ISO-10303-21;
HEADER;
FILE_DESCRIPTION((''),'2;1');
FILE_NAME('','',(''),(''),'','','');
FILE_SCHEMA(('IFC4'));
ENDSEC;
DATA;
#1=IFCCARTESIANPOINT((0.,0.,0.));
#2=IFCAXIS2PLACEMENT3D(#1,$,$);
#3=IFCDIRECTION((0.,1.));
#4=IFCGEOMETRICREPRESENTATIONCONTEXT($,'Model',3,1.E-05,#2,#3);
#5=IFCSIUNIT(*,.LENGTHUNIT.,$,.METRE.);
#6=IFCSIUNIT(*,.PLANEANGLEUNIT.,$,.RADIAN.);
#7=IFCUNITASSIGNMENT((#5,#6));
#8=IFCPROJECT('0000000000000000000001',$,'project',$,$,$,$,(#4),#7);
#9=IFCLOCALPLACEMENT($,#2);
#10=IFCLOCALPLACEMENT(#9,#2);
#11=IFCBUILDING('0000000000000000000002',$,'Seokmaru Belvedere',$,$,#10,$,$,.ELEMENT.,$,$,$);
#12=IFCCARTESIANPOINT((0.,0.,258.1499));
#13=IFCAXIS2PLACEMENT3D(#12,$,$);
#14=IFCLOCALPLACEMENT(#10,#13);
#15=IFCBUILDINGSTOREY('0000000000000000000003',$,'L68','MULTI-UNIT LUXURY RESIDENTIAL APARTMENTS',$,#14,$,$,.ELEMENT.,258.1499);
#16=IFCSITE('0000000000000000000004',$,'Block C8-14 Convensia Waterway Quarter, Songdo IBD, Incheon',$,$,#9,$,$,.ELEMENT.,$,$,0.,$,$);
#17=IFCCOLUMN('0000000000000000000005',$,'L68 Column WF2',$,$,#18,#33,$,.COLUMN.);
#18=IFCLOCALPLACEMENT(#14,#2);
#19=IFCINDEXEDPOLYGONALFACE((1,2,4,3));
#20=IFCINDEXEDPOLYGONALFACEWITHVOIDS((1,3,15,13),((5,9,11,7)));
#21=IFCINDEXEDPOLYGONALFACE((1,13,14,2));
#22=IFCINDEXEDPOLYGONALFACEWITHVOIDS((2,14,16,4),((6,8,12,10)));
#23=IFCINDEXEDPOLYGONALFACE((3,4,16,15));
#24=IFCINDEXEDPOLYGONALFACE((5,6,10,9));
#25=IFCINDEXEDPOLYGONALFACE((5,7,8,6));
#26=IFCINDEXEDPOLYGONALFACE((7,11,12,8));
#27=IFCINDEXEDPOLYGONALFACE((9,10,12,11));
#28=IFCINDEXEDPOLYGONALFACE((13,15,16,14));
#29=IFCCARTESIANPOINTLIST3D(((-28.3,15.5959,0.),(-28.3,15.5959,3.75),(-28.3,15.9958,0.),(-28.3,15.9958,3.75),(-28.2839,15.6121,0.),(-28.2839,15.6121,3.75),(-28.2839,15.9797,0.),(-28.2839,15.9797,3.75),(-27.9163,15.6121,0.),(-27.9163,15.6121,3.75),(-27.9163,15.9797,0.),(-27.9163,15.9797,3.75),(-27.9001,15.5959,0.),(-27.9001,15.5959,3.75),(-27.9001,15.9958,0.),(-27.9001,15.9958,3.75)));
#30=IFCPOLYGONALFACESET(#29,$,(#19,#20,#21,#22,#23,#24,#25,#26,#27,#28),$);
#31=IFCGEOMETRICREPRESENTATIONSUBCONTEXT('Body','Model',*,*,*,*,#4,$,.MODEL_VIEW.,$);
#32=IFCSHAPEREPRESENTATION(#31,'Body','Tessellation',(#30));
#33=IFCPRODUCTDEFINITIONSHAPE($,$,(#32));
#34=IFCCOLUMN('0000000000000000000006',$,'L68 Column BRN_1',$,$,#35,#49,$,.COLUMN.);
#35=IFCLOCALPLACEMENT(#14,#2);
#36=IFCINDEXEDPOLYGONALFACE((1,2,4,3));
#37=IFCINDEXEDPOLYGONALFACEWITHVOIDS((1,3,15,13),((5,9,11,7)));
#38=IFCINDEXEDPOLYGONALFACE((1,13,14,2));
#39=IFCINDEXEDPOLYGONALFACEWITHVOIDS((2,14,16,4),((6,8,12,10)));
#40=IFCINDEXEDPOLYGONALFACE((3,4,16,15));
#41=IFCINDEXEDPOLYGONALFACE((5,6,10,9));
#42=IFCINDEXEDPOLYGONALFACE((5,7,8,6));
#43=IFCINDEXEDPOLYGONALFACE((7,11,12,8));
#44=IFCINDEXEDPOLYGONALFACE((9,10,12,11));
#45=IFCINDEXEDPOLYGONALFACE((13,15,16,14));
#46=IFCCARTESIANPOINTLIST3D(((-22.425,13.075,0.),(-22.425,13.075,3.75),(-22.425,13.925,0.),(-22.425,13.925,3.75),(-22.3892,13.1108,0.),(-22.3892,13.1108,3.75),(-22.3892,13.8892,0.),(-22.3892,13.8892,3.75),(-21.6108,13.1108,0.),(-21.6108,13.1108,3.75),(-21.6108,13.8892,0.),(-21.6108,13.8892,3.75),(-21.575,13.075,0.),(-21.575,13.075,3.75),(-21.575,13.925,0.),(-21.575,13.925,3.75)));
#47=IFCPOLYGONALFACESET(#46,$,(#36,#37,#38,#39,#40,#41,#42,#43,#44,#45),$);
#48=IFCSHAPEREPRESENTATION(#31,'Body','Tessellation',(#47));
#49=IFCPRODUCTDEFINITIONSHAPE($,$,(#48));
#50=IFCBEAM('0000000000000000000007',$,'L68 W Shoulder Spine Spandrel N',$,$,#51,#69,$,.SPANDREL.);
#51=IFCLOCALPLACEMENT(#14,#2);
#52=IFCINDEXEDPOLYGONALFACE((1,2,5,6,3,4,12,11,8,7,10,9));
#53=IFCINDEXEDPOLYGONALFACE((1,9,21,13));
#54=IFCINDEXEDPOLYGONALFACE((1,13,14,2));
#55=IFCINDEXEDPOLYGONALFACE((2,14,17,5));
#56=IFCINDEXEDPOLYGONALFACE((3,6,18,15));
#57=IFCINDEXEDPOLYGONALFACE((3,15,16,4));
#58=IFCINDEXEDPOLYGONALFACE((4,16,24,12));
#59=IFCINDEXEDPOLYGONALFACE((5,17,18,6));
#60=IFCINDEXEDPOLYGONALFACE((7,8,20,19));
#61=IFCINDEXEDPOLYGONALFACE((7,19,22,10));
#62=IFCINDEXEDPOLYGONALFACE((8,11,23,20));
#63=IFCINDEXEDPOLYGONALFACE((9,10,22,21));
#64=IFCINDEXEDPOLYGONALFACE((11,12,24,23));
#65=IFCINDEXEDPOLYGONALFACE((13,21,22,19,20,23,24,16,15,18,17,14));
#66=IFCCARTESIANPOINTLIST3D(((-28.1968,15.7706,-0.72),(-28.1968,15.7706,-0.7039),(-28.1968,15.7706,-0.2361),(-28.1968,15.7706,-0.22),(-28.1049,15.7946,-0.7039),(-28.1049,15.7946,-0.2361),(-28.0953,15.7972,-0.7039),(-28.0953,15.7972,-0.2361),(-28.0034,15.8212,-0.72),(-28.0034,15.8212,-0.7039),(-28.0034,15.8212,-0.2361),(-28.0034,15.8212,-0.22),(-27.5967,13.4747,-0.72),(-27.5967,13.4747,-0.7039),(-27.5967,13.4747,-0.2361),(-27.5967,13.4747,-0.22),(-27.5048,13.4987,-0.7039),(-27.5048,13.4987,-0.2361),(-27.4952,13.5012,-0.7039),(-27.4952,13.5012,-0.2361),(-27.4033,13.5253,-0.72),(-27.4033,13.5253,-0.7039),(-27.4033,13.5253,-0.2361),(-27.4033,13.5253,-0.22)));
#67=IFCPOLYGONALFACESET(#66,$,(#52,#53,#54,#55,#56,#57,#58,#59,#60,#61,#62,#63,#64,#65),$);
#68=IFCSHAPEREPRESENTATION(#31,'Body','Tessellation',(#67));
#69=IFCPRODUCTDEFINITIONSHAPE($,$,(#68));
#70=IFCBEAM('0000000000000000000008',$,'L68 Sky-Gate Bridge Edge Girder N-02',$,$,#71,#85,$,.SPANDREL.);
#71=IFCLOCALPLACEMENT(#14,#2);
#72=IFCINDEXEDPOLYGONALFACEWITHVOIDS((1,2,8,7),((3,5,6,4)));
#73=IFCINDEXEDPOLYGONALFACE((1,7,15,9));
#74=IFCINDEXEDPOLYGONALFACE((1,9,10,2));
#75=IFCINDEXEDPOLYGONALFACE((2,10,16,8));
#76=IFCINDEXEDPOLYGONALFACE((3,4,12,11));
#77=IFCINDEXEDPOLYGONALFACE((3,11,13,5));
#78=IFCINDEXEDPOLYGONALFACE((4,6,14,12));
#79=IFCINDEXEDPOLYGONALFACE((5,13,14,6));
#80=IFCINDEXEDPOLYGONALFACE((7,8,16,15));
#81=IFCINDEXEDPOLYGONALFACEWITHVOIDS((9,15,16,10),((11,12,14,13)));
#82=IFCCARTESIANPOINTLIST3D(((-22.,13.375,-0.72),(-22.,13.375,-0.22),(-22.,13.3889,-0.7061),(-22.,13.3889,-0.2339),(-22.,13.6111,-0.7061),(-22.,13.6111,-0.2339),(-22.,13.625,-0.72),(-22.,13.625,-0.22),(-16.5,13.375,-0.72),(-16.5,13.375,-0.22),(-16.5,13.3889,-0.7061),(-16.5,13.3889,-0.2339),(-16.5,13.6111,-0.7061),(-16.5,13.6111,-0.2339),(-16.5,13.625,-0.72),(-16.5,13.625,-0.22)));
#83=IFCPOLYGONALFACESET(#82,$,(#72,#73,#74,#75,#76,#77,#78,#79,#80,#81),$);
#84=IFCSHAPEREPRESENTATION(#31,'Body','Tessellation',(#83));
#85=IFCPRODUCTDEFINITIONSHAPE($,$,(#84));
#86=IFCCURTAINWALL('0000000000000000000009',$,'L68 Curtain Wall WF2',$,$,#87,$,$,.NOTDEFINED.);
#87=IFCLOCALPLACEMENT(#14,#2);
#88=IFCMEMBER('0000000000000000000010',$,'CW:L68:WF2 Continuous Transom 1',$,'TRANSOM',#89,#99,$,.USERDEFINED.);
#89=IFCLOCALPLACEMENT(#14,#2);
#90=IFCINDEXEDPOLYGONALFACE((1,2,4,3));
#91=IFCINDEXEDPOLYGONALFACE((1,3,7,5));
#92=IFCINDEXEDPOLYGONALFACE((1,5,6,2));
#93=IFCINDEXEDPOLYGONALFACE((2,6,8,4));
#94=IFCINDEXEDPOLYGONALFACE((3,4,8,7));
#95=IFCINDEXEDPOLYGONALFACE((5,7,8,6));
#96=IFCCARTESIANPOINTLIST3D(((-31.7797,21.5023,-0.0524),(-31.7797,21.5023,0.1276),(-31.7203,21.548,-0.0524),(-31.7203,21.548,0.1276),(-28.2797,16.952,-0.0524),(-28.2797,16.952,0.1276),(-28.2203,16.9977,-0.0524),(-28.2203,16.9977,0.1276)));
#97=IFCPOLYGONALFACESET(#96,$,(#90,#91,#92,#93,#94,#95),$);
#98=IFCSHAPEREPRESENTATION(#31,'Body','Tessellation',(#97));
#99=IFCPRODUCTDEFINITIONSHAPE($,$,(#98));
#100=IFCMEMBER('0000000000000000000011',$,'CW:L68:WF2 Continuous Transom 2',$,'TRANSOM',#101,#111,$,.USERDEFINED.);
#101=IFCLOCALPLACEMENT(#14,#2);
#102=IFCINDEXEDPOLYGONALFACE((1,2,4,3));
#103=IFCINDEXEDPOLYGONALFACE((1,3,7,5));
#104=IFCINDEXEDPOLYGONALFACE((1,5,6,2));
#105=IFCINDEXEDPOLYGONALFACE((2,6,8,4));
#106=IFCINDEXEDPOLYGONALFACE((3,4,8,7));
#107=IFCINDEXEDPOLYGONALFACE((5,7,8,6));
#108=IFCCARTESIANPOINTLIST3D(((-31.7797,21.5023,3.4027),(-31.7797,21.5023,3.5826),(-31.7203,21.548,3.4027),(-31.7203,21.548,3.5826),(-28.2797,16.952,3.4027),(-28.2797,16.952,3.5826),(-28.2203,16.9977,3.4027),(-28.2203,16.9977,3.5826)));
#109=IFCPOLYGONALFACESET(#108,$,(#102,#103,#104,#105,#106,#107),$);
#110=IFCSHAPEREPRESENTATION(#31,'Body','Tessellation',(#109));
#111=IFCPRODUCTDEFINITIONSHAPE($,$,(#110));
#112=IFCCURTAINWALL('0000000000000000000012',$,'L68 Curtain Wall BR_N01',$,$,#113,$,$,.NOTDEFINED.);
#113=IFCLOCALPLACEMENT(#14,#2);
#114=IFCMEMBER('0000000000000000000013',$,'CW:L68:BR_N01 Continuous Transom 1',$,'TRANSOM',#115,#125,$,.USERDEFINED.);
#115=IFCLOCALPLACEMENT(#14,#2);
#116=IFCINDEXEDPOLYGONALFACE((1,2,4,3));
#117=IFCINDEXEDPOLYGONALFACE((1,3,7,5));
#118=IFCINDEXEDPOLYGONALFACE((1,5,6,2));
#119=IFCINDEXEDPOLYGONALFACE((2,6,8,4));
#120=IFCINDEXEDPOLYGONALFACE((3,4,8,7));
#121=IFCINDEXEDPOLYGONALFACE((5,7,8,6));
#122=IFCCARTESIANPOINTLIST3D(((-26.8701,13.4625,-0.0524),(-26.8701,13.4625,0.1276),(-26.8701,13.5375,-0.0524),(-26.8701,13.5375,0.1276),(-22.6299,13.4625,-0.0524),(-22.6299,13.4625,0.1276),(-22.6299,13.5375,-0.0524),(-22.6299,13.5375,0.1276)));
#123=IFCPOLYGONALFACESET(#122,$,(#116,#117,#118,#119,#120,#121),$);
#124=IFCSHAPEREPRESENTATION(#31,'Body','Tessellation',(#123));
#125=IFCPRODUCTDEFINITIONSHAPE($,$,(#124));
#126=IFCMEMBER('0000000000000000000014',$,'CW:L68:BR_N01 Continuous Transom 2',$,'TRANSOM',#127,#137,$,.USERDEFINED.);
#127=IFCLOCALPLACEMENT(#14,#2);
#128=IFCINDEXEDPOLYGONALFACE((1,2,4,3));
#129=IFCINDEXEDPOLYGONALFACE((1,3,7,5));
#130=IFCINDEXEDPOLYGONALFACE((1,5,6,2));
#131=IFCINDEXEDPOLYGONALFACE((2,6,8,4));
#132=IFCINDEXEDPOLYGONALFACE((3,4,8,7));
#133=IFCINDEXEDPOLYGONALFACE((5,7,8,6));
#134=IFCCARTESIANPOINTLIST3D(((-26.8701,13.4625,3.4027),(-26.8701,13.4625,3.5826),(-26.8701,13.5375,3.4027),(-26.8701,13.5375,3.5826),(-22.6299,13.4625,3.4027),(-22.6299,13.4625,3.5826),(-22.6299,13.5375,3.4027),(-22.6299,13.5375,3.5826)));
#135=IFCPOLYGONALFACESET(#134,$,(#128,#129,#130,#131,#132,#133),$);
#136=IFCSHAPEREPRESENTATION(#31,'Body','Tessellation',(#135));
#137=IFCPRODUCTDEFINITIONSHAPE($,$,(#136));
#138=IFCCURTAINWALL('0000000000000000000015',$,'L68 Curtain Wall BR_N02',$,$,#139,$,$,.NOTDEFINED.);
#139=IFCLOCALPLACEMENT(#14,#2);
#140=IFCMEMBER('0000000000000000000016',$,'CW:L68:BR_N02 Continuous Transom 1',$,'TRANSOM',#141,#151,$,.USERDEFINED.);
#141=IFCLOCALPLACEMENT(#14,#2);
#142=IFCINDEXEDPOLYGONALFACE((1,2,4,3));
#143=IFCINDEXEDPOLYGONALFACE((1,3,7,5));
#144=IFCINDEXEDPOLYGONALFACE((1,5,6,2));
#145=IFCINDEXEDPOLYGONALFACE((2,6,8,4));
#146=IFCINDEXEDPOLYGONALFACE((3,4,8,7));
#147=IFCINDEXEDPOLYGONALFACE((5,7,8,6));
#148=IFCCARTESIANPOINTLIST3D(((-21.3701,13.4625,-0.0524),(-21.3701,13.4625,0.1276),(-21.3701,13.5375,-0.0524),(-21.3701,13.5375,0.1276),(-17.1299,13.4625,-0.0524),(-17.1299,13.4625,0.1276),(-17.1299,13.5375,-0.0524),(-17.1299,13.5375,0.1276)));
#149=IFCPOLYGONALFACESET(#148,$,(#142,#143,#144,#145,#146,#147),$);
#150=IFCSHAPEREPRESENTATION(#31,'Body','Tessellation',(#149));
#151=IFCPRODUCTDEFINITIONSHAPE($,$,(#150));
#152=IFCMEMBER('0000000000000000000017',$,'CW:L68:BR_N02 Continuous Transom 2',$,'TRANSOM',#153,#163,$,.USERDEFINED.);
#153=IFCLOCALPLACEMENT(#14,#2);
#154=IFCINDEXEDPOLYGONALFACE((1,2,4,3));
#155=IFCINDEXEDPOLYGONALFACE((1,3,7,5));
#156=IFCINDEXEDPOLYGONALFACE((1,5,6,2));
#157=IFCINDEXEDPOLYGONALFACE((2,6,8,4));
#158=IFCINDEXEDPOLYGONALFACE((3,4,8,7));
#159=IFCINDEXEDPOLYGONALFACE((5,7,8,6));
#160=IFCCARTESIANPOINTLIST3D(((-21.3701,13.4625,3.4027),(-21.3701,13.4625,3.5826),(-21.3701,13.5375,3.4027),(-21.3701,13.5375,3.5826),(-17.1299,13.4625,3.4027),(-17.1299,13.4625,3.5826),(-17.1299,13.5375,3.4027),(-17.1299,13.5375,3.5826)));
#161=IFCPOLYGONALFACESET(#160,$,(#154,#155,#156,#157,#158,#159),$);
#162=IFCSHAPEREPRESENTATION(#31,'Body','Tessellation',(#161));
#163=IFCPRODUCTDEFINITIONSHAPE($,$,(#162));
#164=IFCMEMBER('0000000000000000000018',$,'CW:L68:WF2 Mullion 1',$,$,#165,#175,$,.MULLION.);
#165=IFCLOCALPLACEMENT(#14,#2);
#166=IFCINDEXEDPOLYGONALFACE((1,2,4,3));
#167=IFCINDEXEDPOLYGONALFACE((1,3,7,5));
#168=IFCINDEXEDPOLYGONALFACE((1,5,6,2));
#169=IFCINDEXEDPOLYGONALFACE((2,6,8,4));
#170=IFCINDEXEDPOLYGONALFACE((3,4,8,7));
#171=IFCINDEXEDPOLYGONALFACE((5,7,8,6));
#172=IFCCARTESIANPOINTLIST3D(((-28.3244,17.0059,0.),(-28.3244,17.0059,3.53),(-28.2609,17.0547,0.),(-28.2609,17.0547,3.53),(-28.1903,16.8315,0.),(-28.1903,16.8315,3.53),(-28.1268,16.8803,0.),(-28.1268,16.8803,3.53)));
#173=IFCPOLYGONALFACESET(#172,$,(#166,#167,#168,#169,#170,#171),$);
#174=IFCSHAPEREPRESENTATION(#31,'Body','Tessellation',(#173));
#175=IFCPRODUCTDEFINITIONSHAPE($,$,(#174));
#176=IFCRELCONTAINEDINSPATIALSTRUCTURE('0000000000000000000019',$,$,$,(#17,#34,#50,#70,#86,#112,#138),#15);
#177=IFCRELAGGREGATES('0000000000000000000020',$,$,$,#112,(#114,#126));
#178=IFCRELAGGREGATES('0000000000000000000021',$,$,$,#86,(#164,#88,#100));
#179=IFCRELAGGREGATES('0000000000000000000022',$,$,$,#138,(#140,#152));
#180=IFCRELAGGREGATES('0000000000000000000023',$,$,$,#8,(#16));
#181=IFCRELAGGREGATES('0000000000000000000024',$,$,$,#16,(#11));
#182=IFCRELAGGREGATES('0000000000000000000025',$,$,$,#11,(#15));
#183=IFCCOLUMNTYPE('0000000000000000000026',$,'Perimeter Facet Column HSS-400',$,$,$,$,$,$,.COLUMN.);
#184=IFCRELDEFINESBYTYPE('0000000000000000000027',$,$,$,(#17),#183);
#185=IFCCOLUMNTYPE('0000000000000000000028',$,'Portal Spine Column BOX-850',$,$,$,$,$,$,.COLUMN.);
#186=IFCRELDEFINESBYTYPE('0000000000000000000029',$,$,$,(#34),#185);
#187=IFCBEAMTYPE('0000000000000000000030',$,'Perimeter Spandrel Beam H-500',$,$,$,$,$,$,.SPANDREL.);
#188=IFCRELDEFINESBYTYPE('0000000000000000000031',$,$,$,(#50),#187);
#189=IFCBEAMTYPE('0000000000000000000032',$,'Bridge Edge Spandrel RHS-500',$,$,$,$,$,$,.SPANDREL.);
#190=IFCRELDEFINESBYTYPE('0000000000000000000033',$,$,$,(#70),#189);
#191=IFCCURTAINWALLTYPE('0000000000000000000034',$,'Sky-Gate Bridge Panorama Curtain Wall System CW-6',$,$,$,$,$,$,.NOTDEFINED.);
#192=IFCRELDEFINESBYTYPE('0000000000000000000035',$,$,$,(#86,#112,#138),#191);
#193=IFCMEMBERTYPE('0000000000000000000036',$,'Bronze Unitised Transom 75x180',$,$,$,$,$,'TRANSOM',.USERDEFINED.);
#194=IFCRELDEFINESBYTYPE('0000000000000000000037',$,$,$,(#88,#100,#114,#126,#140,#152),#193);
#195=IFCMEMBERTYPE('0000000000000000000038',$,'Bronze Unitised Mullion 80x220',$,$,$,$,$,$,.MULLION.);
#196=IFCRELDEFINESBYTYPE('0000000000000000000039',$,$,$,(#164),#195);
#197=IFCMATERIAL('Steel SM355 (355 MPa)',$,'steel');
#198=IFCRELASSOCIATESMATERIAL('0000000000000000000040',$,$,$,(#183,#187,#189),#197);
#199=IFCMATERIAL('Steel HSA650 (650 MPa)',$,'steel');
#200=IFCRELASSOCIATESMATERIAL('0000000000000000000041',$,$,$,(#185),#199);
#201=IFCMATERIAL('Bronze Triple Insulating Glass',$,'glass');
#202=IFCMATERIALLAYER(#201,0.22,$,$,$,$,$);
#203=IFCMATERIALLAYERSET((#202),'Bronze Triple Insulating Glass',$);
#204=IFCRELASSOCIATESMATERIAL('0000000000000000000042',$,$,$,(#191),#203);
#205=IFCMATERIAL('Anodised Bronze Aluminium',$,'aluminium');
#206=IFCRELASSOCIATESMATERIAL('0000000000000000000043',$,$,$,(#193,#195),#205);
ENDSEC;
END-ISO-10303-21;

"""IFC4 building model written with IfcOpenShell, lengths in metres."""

from ifc_helpers import new_model, si_unit, direction, frame, origin, origin_2d, place, context, subcontext, project, spatial, rectangle, hollow_rectangle, i_section, extrude, source, transform, mapped, material, layer, layer_set, material_profile, profile_set, type_object, type_shapes, element, aggregate, save


model = new_model("IFC4")

# Units and contexts
model_context = context("Model", 3, precision=1e-05, world=origin(), true_north=direction((0.0, 1.0)))
body_context = subcontext(model_context, "Body", "Model", "MODEL_VIEW")
ifc_project = project(units=[si_unit("LENGTHUNIT", "METRE"), si_unit("PLANEANGLEUNIT", "RADIAN")], contexts=[model_context])

# Site, building, storey
site_placement = place(None, origin())
site = spatial("IfcSite", under=ifc_project, at=site_placement, Name="Block C8-14 Convensia Waterway Quarter, Songdo IBD, Incheon", CompositionType="ELEMENT", RefElevation=0.0)
building_placement = place(site_placement, origin())
building = spatial("IfcBuilding", under=site, at=building_placement, Name="Seokmaru Belvedere", CompositionType="ELEMENT")
storey_placement = place(building_placement, frame((0.0, 0.0, 258.1499)))
storey = spatial("IfcBuildingStorey", under=building, at=storey_placement, Name="L68", Description="MULTI-UNIT LUXURY RESIDENTIAL APARTMENTS", CompositionType="ELEMENT", Elevation=258.1499)

# Columns
ifc_material_1 = material(Name="Steel SM355 (355 MPa)", Category="steel")
ifc_material_profile_1 = material_profile(ifc_material_1, hollow_rectangle(XDim=0.3999, YDim=0.3999, WallThickness=0.0161, at=origin_2d()), Name="HSS-400x400x16")
ifc_profile_set_1 = profile_set([ifc_material_profile_1], Name="Steel SM355 (355 MPa)")
column_type_1 = type_object("IfcColumnType", Name="Perimeter Facet Column HSS-400", PredefinedType="COLUMN", material=ifc_profile_set_1)
shared_shape_1 = source(origin(), body_context, "Body", "SweptSolid", [
    extrude(hollow_rectangle(XDim=0.3999, YDim=0.3999, WallThickness=0.0161, at=origin_2d()), origin(), (0.0, 0.0, 1.0), 3.75),
])
type_shapes(column_type_1, [shared_shape_1])
column_1_placement = place(storey_placement, frame((-28.1001, 15.7959, 0.0), z_axis=(0.0, 0.0, 1.0), x_axis=(1.0, 0.0, 0.0)))
element("IfcColumn", 1, at=column_1_placement, inside=storey, type_object=column_type_1, Name="L68 Column WF2", PredefinedType="COLUMN", context=body_context, shape_type="MappedRepresentation", body=[
    mapped(shared_shape_1, transform((0.0, 0.0, 0.0), scale=1.0)),
])
ifc_material_2 = material(Name="Steel HSA650 (650 MPa)", Category="steel")
ifc_material_profile_2 = material_profile(ifc_material_2, hollow_rectangle(XDim=0.8501, YDim=0.8501, WallThickness=0.0359, at=origin_2d()), Name="BOX-850x850x36")
ifc_profile_set_2 = profile_set([ifc_material_profile_2], Name="Steel HSA650 (650 MPa)")
column_type_2 = type_object("IfcColumnType", Name="Portal Spine Column BOX-850", PredefinedType="COLUMN", material=ifc_profile_set_2)
shared_shape_2 = source(origin(), body_context, "Body", "SweptSolid", [
    extrude(hollow_rectangle(XDim=0.8501, YDim=0.8501, WallThickness=0.0359, at=origin_2d()), origin(), (0.0, 0.0, 1.0), 3.75),
])
type_shapes(column_type_2, [shared_shape_2])
column_2_placement = place(storey_placement, frame((-22.0, 13.5, 0.0), z_axis=(0.0, 0.0, 1.0), x_axis=(1.0, 0.0, 0.0)))
element("IfcColumn", 2, at=column_2_placement, inside=storey, type_object=column_type_2, Name="L68 Column BRN_1", PredefinedType="COLUMN", context=body_context, shape_type="MappedRepresentation", body=[
    mapped(shared_shape_2, transform((0.0, 0.0, 0.0), scale=1.0)),
])

# Beams
ifc_material_profile_3 = material_profile(ifc_material_1, i_section(OverallWidth=0.2, OverallDepth=0.5, WebThickness=0.01, FlangeThickness=0.0161, at=origin_2d()), Name="H-500x200x10x16")
ifc_profile_set_3 = profile_set([ifc_material_profile_3], Name="Steel SM355 (355 MPa)")
beam_type_1 = type_object("IfcBeamType", Name="Perimeter Spandrel Beam H-500", PredefinedType="SPANDREL", material=ifc_profile_set_3)
shared_shape_3 = source(origin(), body_context, "Body", "SweptSolid", [
    extrude(i_section(OverallWidth=0.2, OverallDepth=0.5, WebThickness=0.01, FlangeThickness=0.0161, at=origin_2d()), origin(), (0.0, 0.0, 1.0), 2.373),
])
type_shapes(beam_type_1, [shared_shape_3])
beam_1_placement = place(storey_placement, frame((-28.1001, 15.7959, -0.47), z_axis=(0.252883, -0.967497, 0.0), x_axis=(0.967497, 0.252883, 0.0)))
element("IfcBeam", 3, at=beam_1_placement, inside=storey, type_object=beam_type_1, Name="L68 W Shoulder Spine Spandrel N", PredefinedType="SPANDREL", context=body_context, shape_type="MappedRepresentation", body=[
    mapped(shared_shape_3, transform((0.0, 0.0, 0.0), scale=1.0)),
])
ifc_material_profile_4 = material_profile(ifc_material_1, hollow_rectangle(XDim=0.25, YDim=0.5, WallThickness=0.0139, at=origin_2d()), Name="RHS-500x250x14")
ifc_profile_set_4 = profile_set([ifc_material_profile_4], Name="Steel SM355 (355 MPa)")
beam_type_2 = type_object("IfcBeamType", Name="Bridge Edge Spandrel RHS-500", PredefinedType="SPANDREL", material=ifc_profile_set_4)
shared_shape_4 = source(origin(), body_context, "Body", "SweptSolid", [
    extrude(hollow_rectangle(XDim=0.25, YDim=0.5, WallThickness=0.0139, at=origin_2d()), origin(), (0.0, 0.0, 1.0), 5.5),
])
type_shapes(beam_type_2, [shared_shape_4])
beam_2_placement = place(storey_placement, frame((-22.0, 13.5, -0.47), z_axis=(1.0, 0.0, 0.0), x_axis=(0.0, 1.0, 0.0)))
element("IfcBeam", 4, at=beam_2_placement, inside=storey, type_object=beam_type_2, Name="L68 Sky-Gate Bridge Edge Girder N-02", PredefinedType="SPANDREL", context=body_context, shape_type="MappedRepresentation", body=[
    mapped(shared_shape_4, transform((0.0, 0.0, 0.0), scale=1.0)),
])

# Curtain walls, members
ifc_material_3 = material(Name="Bronze Triple Insulating Glass", Category="glass")
ifc_layer_1 = layer(ifc_material_3, 0.22)
ifc_layer_set_1 = layer_set([ifc_layer_1], Name="Bronze Triple Insulating Glass")
curtain_wall_type = type_object("IfcCurtainWallType", Name="Sky-Gate Bridge Panorama Curtain Wall System CW-6", PredefinedType="NOTDEFINED", material=ifc_layer_set_1)
curtain_wall_1_placement = place(storey_placement, origin())
curtain_wall_1 = element("IfcCurtainWall", 5, at=curtain_wall_1_placement, inside=storey, type_object=curtain_wall_type, Name="L68 Curtain Wall WF2", PredefinedType="NOTDEFINED")
ifc_material_4 = material(Name="Anodised Bronze Aluminium", Category="aluminium")
ifc_material_profile_5 = material_profile(ifc_material_4, rectangle(XDim=0.075, YDim=0.1799, at=origin_2d()), Name="CW-T-75x180")
ifc_profile_set_5 = profile_set([ifc_material_profile_5], Name="Anodised Bronze Aluminium")
member_type_1 = type_object("IfcMemberType", Name="Bronze Unitised Transom 75x180", ElementType="TRANSOM", PredefinedType="USERDEFINED", material=ifc_profile_set_5)
shared_shape_5 = source(origin(), body_context, "Body", "SweptSolid", [
    extrude(rectangle(XDim=0.075, YDim=0.1799, at=origin_2d()), origin(), (0.0, 0.0, 1.0), 5.7407),
])
member_1_placement = place(storey_placement, frame((-28.25, 16.9749, 0.0376), z_axis=(-0.609686, 0.792643, 0.0), x_axis=(-0.792643, -0.609686, 0.0)))
member_1 = element("IfcMember", 6, at=member_1_placement, type_object=member_type_1, Name="CW:L68:WF2 Continuous Transom 1", ObjectType="TRANSOM", PredefinedType="USERDEFINED", context=body_context, shape_type="MappedRepresentation", body=[
    mapped(shared_shape_5, transform((0.0, 0.0, 0.0), scale=1.0)),
])
member_2_placement = place(storey_placement, frame((-28.25, 16.9749, 3.4927), z_axis=(-0.609686, 0.792643, 0.0), x_axis=(-0.792643, -0.609686, 0.0)))
member_2 = element("IfcMember", 7, at=member_2_placement, type_object=member_type_1, Name="CW:L68:WF2 Continuous Transom 2", ObjectType="TRANSOM", PredefinedType="USERDEFINED", context=body_context, shape_type="MappedRepresentation", body=[
    mapped(shared_shape_5, transform((0.0, 0.0, 0.0), scale=1.0)),
])
curtain_wall_2_placement = place(storey_placement, origin())
curtain_wall_2 = element("IfcCurtainWall", 8, at=curtain_wall_2_placement, inside=storey, type_object=curtain_wall_type, Name="L68 Curtain Wall BR_N01", PredefinedType="NOTDEFINED")
shared_shape_6 = source(origin(), body_context, "Body", "SweptSolid", [
    extrude(rectangle(XDim=0.075, YDim=0.1799, at=origin_2d()), origin(), (0.0, 0.0, 1.0), 4.2402),
])
type_shapes(member_type_1, [shared_shape_5, shared_shape_6])
member_3_placement = place(storey_placement, frame((-22.6299, 13.5, 0.0376), z_axis=(-1.0, 0.0, 0.0), x_axis=(0.0, -1.0, 0.0)))
member_3 = element("IfcMember", 9, at=member_3_placement, type_object=member_type_1, Name="CW:L68:BR_N01 Continuous Transom 1", ObjectType="TRANSOM", PredefinedType="USERDEFINED", context=body_context, shape_type="MappedRepresentation", body=[
    mapped(shared_shape_6, transform((0.0, 0.0, 0.0), scale=1.0)),
])
member_4_placement = place(storey_placement, frame((-22.6299, 13.5, 3.4927), z_axis=(-1.0, 0.0, 0.0), x_axis=(0.0, -1.0, 0.0)))
member_4 = element("IfcMember", 10, at=member_4_placement, type_object=member_type_1, Name="CW:L68:BR_N01 Continuous Transom 2", ObjectType="TRANSOM", PredefinedType="USERDEFINED", context=body_context, shape_type="MappedRepresentation", body=[
    mapped(shared_shape_6, transform((0.0, 0.0, 0.0), scale=1.0)),
])
curtain_wall_3_placement = place(storey_placement, origin())
curtain_wall_3 = element("IfcCurtainWall", 11, at=curtain_wall_3_placement, inside=storey, type_object=curtain_wall_type, Name="L68 Curtain Wall BR_N02", PredefinedType="NOTDEFINED")
member_5_placement = place(storey_placement, frame((-17.1299, 13.5, 0.0376), z_axis=(-1.0, 0.0, 0.0), x_axis=(0.0, -1.0, 0.0)))
member_5 = element("IfcMember", 12, at=member_5_placement, type_object=member_type_1, Name="CW:L68:BR_N02 Continuous Transom 1", ObjectType="TRANSOM", PredefinedType="USERDEFINED", context=body_context, shape_type="MappedRepresentation", body=[
    mapped(shared_shape_6, transform((0.0, 0.0, 0.0), scale=1.0)),
])
member_6_placement = place(storey_placement, frame((-17.1299, 13.5, 3.4927), z_axis=(-1.0, 0.0, 0.0), x_axis=(0.0, -1.0, 0.0)))
member_6 = element("IfcMember", 13, at=member_6_placement, type_object=member_type_1, Name="CW:L68:BR_N02 Continuous Transom 2", ObjectType="TRANSOM", PredefinedType="USERDEFINED", context=body_context, shape_type="MappedRepresentation", body=[
    mapped(shared_shape_6, transform((0.0, 0.0, 0.0), scale=1.0)),
])

# Member
ifc_material_profile_6 = material_profile(ifc_material_4, rectangle(XDim=0.0801, YDim=0.22, at=origin_2d()), Name="CW-M-80x220")
ifc_profile_set_6 = profile_set([ifc_material_profile_6], Name="Anodised Bronze Aluminium")
member_type_2 = type_object("IfcMemberType", Name="Bronze Unitised Mullion 80x220", PredefinedType="MULLION", material=ifc_profile_set_6)
shared_shape_7 = source(origin(), body_context, "Body", "SweptSolid", [
    extrude(rectangle(XDim=0.0801, YDim=0.22, at=origin_2d()), origin(), (0.0, 0.0, 1.0), 3.53),
])
type_shapes(member_type_2, [shared_shape_7])
member_7_placement = place(storey_placement, frame((-28.2256, 16.9431, 0.0), z_axis=(0.0, 0.0, 1.0), x_axis=(-0.792631, -0.609701, 0.0)))
member_7 = element("IfcMember", 14, at=member_7_placement, type_object=member_type_2, Name="CW:L68:WF2 Mullion 1", PredefinedType="MULLION", context=body_context, shape_type="MappedRepresentation", body=[
    mapped(shared_shape_7, transform((0.0, 0.0, 0.0), scale=1.0)),
])
aggregate(curtain_wall_2, [member_3, member_4])

aggregate(curtain_wall_1, [member_7, member_1, member_2])
aggregate(curtain_wall_3, [member_5, member_6])

save(model, "model.ifc")
